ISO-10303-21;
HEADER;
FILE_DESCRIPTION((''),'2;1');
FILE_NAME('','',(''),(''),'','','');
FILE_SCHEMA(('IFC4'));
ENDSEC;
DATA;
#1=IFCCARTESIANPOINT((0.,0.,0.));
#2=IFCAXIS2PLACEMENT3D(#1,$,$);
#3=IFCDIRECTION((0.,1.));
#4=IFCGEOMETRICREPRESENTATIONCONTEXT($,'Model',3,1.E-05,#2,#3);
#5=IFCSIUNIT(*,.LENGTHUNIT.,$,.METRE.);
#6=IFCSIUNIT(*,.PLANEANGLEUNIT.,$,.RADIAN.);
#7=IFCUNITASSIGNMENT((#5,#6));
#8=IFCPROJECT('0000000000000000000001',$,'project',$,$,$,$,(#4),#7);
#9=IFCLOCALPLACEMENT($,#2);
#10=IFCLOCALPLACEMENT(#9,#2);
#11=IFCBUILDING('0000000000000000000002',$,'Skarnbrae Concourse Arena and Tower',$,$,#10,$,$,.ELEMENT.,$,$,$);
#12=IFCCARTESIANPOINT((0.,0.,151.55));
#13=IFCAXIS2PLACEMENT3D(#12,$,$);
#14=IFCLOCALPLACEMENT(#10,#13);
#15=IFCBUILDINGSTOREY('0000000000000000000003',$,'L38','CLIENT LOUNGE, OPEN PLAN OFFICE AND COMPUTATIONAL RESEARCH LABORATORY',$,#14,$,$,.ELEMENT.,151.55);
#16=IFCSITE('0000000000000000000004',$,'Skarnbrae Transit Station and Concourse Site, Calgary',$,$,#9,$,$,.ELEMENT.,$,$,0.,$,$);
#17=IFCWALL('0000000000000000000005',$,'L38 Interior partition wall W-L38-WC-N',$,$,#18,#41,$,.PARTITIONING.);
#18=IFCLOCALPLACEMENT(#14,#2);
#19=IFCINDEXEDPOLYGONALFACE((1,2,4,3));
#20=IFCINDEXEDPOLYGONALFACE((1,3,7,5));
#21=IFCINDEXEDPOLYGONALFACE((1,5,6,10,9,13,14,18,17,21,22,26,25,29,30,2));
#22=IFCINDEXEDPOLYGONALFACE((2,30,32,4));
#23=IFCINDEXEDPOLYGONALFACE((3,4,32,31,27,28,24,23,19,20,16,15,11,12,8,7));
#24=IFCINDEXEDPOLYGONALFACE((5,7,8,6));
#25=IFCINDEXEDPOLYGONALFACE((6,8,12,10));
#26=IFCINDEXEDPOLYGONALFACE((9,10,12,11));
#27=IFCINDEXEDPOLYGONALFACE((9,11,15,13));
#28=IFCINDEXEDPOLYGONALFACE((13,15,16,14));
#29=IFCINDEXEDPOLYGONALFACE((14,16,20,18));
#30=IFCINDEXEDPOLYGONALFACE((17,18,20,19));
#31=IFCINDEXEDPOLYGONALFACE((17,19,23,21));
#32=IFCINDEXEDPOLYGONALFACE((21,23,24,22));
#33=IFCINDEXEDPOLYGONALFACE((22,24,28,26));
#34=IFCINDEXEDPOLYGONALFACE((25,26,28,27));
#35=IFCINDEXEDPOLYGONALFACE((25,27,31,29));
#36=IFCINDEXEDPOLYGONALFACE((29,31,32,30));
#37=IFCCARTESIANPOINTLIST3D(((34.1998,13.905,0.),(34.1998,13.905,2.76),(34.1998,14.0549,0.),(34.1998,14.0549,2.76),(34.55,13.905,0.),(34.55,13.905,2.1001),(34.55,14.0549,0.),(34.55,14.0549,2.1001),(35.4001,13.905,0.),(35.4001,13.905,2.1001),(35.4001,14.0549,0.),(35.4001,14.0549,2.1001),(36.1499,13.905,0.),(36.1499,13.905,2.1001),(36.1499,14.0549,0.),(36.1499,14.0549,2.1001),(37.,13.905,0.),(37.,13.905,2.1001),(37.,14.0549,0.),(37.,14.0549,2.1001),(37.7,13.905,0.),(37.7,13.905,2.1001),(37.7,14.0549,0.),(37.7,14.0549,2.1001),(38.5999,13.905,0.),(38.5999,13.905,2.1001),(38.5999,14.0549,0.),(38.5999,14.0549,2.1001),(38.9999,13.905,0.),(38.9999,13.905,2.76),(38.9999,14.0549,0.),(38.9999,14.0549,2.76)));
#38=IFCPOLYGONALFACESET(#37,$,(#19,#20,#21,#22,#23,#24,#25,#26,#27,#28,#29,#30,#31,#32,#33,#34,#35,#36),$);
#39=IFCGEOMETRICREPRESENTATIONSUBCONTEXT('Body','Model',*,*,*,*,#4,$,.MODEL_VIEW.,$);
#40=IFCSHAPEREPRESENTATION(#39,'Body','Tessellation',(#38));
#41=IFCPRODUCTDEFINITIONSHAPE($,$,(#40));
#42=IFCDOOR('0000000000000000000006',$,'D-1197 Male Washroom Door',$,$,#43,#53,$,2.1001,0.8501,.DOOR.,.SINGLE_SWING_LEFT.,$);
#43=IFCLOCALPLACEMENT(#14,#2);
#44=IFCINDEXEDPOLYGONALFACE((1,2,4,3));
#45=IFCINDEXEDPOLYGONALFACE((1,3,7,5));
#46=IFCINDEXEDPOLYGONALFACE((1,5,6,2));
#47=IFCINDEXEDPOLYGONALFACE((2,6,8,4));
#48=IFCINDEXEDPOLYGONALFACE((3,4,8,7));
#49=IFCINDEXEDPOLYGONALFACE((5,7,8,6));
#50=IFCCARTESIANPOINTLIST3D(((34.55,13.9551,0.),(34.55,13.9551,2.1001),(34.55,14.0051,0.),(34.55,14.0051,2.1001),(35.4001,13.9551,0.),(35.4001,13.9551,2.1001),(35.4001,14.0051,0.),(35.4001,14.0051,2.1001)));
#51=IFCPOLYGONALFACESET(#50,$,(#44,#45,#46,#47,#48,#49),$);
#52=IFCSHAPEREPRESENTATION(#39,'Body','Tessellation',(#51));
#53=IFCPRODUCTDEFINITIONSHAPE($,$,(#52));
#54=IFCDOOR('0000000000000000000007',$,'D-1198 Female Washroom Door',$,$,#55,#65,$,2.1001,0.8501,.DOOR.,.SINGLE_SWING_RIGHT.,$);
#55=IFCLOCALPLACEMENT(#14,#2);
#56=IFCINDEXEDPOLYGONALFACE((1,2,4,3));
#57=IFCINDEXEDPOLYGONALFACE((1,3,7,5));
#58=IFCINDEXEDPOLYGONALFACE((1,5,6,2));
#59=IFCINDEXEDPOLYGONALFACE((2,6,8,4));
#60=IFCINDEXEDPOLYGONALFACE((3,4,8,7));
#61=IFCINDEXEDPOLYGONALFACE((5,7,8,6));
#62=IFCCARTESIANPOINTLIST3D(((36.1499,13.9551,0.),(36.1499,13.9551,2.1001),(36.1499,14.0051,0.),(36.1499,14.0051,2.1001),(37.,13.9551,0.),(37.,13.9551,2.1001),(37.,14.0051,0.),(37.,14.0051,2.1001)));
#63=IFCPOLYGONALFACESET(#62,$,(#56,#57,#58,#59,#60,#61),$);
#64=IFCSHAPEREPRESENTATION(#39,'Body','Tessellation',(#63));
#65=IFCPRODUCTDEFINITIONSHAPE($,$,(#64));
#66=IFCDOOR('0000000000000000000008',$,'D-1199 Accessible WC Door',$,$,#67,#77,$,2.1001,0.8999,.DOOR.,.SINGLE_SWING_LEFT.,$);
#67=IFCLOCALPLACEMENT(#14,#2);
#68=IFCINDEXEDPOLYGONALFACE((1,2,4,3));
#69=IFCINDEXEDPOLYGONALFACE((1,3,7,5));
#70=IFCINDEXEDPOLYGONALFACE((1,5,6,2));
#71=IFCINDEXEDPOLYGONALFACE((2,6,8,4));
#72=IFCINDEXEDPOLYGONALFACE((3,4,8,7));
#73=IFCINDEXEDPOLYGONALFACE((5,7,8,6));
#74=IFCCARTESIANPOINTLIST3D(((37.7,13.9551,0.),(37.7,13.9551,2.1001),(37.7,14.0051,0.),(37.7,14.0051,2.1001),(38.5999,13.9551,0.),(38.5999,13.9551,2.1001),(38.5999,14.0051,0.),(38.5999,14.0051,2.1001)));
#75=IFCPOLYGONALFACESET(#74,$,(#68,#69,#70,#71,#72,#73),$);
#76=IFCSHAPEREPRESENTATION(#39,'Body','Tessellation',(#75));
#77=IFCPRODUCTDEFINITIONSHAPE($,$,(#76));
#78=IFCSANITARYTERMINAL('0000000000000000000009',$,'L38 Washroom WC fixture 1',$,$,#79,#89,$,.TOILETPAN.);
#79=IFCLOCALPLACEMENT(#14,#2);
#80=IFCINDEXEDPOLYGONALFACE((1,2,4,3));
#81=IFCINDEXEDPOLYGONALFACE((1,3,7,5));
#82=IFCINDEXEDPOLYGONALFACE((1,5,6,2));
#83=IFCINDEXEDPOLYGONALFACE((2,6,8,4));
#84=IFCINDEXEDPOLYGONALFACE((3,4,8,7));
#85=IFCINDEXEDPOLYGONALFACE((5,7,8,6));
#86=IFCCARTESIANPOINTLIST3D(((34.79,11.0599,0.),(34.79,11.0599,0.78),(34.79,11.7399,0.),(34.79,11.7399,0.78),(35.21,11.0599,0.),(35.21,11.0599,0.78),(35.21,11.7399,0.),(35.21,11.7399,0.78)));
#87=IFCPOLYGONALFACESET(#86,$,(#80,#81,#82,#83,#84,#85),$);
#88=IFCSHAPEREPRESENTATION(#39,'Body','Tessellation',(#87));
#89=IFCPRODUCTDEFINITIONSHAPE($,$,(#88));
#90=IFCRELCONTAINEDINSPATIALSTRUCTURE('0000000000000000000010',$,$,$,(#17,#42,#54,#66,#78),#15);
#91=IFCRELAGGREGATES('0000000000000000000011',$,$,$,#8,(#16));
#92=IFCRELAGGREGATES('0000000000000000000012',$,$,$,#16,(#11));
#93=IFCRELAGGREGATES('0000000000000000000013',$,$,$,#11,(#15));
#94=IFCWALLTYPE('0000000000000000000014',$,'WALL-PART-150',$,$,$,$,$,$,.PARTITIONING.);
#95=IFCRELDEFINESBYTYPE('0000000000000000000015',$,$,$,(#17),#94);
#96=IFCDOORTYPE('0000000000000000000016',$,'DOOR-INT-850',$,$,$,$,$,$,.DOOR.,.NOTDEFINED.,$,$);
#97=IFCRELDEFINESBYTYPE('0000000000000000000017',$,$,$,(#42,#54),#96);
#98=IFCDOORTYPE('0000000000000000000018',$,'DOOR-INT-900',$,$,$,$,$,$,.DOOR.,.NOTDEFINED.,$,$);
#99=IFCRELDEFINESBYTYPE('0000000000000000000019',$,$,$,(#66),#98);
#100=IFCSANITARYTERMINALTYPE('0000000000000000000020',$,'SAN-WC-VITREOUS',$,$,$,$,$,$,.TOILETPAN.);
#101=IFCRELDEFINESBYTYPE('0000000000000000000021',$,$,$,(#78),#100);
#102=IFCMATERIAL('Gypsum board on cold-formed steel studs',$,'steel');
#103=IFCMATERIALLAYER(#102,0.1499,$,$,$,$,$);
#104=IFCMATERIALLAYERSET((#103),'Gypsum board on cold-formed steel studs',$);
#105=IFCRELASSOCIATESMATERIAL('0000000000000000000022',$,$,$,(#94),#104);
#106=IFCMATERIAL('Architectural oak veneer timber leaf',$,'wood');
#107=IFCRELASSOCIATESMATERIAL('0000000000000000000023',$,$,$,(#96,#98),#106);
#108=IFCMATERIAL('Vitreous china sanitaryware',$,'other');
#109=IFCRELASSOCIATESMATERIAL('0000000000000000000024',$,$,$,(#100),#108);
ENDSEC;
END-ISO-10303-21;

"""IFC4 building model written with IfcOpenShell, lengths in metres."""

from ifc_helpers import new_model, si_unit, direction, frame, frame_2d, origin, origin_2d, place, context, subcontext, project, spatial, rectangle, extrude, source, transform, mapped, material, layer, layer_set, type_object, element, fill, save


model = new_model("IFC4")

# Units and contexts
model_context = context("Model", 3, precision=1e-05, world=origin(), true_north=direction((0.0, 1.0)))
body_context = subcontext(model_context, "Body", "Model", "MODEL_VIEW")
ifc_project = project(units=[si_unit("LENGTHUNIT", "METRE"), si_unit("PLANEANGLEUNIT", "RADIAN")], contexts=[model_context])

# Site, building, storey
site_placement = place(None, origin())
site = spatial("IfcSite", under=ifc_project, at=site_placement, Name="Skarnbrae Transit Station and Concourse Site, Calgary", CompositionType="ELEMENT", RefElevation=0.0)
building_placement = place(site_placement, origin())
building = spatial("IfcBuilding", under=site, at=building_placement, Name="Skarnbrae Concourse Arena and Tower", CompositionType="ELEMENT")
storey_placement = place(building_placement, frame((0.0, 0.0, 151.55)))
storey = spatial("IfcBuildingStorey", under=building, at=storey_placement, Name="L38", Description="CLIENT LOUNGE, OPEN PLAN OFFICE AND COMPUTATIONAL RESEARCH LABORATORY", CompositionType="ELEMENT", Elevation=151.55)

# Shared definitions
ifc_material_1 = material(Name="Gypsum board on cold-formed steel studs", Category="steel")
ifc_layer_1 = layer(ifc_material_1, 0.1499)
ifc_layer_set_1 = layer_set([ifc_layer_1], Name="Gypsum board on cold-formed steel studs")
wall_type_1 = type_object("IfcWallType", Name="WALL-PART-150", PredefinedType="PARTITIONING", material=ifc_layer_set_1)

# Wall, openings, doors
shared_shape_1 = source(origin(), body_context, "Body", "SweptSolid", [
    extrude(rectangle(XDim=4.8, YDim=0.1499, at=frame_2d((2.3999, 0.0))), origin(), (0.0, 0.0, 1.0), 2.76),
])
wall_1_placement = place(storey_placement, frame((34.2, 13.98, 0.0), z_axis=(0.0, 0.0, 1.0), x_axis=(1.0, 0.0, 0.0)))
wall_1 = element("IfcWall", 1, at=wall_1_placement, inside=storey, type_object=wall_type_1, Name="L38 Interior partition wall W-L38-WC-N", PredefinedType="PARTITIONING", context=body_context, shape_type="MappedRepresentation", body=[
    mapped(shared_shape_1, transform((0.0, 0.0, 0.0))),
])
opening_1_placement = place(wall_1_placement, frame((0.3501, 0.0, 0.0)))
opening_1 = element("IfcOpeningElement", 2, at=opening_1_placement, cuts=wall_1, PredefinedType="OPENING", context=body_context, shape_type="SweptSolid", body=[
    extrude(rectangle(XDim=0.8501, YDim=2.1001, at=frame_2d((0.425, 1.05))), frame((0.0, 0.085, 0.0), z_axis=(0.0, -1.0, 0.0), x_axis=(1.0, 0.0, 0.0)), (0.0, 0.0, 1.0), 0.1699),
])
opening_2_placement = place(wall_1_placement, frame((1.95, 0.0, 0.0)))
opening_2 = element("IfcOpeningElement", 3, at=opening_2_placement, cuts=wall_1, PredefinedType="OPENING", context=body_context, shape_type="SweptSolid", body=[
    extrude(rectangle(XDim=0.8501, YDim=2.1001, at=frame_2d((0.425, 1.05))), frame((0.0, 0.085, 0.0), z_axis=(0.0, -1.0, 0.0), x_axis=(1.0, 0.0, 0.0)), (0.0, 0.0, 1.0), 0.1699),
])
opening_3_placement = place(wall_1_placement, frame((3.5, 0.0, 0.0)))
opening_3 = element("IfcOpeningElement", 4, at=opening_3_placement, cuts=wall_1, PredefinedType="OPENING", context=body_context, shape_type="SweptSolid", body=[
    extrude(rectangle(XDim=0.8999, YDim=2.1001, at=frame_2d((0.45, 1.05))), frame((0.0, 0.085, 0.0), z_axis=(0.0, -1.0, 0.0), x_axis=(1.0, 0.0, 0.0)), (0.0, 0.0, 1.0), 0.1699),
])
ifc_material_2 = material(Name="Architectural oak veneer timber leaf", Category="wood")
door_type_1 = type_object("IfcDoorType", Name="DOOR-INT-850", OperationType="NOTDEFINED", PredefinedType="DOOR", material=ifc_material_2)
shared_shape_2 = source(origin(), body_context, "Body", "SweptSolid", [
    extrude(rectangle(XDim=0.8501, YDim=2.1001, at=frame_2d((0.425, 1.05))), frame((0.0, 0.0249, 0.0), z_axis=(0.0, -1.0, 0.0), x_axis=(1.0, 0.0, 0.0)), (0.0, 0.0, 1.0), 0.05),
])
door_1_placement = place(opening_1_placement, frame((0.8501, 0.0, 0.0), z_axis=(0.0, 0.0, 1.0), x_axis=(-1.0, 0.0, 0.0)))
door_1 = element("IfcDoor", 5, at=door_1_placement, inside=storey, type_object=door_type_1, Name="D-1197 Male Washroom Door", OperationType="SINGLE_SWING_LEFT", OverallHeight=2.1001, OverallWidth=0.8501, PredefinedType="DOOR", context=body_context, shape_type="MappedRepresentation", body=[
    mapped(shared_shape_2, transform((0.0, 0.0, 0.0))),
])
fill(opening_1, door_1)
door_2_placement = place(opening_2_placement, frame((0.8501, 0.0, 0.0), z_axis=(0.0, 0.0, 1.0), x_axis=(-1.0, 0.0, 0.0)))
door_2 = element("IfcDoor", 6, at=door_2_placement, inside=storey, type_object=door_type_1, Name="D-1198 Female Washroom Door", OperationType="SINGLE_SWING_RIGHT", OverallHeight=2.1001, OverallWidth=0.8501, PredefinedType="DOOR", context=body_context, shape_type="MappedRepresentation", body=[
    mapped(shared_shape_2, transform((0.0, 0.0, 0.0))),
])
fill(opening_2, door_2)
door_type_2 = type_object("IfcDoorType", Name="DOOR-INT-900", OperationType="NOTDEFINED", PredefinedType="DOOR", material=ifc_material_2)
shared_shape_3 = source(origin(), body_context, "Body", "SweptSolid", [
    extrude(rectangle(XDim=0.8999, YDim=2.1001, at=frame_2d((0.45, 1.05))), frame((0.0, 0.0249, 0.0), z_axis=(0.0, -1.0, 0.0), x_axis=(1.0, 0.0, 0.0)), (0.0, 0.0, 1.0), 0.05),
])
door_3_placement = place(opening_3_placement, frame((0.8999, 0.0, 0.0), z_axis=(0.0, 0.0, 1.0), x_axis=(-1.0, 0.0, 0.0)))
door_3 = element("IfcDoor", 7, at=door_3_placement, inside=storey, type_object=door_type_2, Name="D-1199 Accessible WC Door", OperationType="SINGLE_SWING_LEFT", OverallHeight=2.1001, OverallWidth=0.8999, PredefinedType="DOOR", context=body_context, shape_type="MappedRepresentation", body=[
    mapped(shared_shape_3, transform((0.0, 0.0, 0.0))),
])
fill(opening_3, door_3)

# Sanitary terminal
ifc_material_3 = material(Name="Vitreous china sanitaryware", Category="other")
sanitary_terminal_type = type_object("IfcSanitaryTerminalType", Name="SAN-WC-VITREOUS", PredefinedType="TOILETPAN", material=ifc_material_3)
shared_shape_4 = source(origin(), body_context, "Body", "SweptSolid", [
    extrude(rectangle(XDim=0.4199, YDim=0.6799, at=origin_2d()), origin(), (0.0, 0.0, 1.0), 0.78),
])
sanitary_terminal_placement = place(storey_placement, frame((35.0, 11.3999, 0.0), z_axis=(0.0, 0.0, 1.0), x_axis=(1.0, 0.0, 0.0)))
element("IfcSanitaryTerminal", 8, at=sanitary_terminal_placement, inside=storey, type_object=sanitary_terminal_type, Name="L38 Washroom WC fixture 1", PredefinedType="TOILETPAN", context=body_context, shape_type="MappedRepresentation", body=[
    mapped(shared_shape_4, transform((0.0, 0.0, 0.0))),
])

save(model, "model.ifc")
